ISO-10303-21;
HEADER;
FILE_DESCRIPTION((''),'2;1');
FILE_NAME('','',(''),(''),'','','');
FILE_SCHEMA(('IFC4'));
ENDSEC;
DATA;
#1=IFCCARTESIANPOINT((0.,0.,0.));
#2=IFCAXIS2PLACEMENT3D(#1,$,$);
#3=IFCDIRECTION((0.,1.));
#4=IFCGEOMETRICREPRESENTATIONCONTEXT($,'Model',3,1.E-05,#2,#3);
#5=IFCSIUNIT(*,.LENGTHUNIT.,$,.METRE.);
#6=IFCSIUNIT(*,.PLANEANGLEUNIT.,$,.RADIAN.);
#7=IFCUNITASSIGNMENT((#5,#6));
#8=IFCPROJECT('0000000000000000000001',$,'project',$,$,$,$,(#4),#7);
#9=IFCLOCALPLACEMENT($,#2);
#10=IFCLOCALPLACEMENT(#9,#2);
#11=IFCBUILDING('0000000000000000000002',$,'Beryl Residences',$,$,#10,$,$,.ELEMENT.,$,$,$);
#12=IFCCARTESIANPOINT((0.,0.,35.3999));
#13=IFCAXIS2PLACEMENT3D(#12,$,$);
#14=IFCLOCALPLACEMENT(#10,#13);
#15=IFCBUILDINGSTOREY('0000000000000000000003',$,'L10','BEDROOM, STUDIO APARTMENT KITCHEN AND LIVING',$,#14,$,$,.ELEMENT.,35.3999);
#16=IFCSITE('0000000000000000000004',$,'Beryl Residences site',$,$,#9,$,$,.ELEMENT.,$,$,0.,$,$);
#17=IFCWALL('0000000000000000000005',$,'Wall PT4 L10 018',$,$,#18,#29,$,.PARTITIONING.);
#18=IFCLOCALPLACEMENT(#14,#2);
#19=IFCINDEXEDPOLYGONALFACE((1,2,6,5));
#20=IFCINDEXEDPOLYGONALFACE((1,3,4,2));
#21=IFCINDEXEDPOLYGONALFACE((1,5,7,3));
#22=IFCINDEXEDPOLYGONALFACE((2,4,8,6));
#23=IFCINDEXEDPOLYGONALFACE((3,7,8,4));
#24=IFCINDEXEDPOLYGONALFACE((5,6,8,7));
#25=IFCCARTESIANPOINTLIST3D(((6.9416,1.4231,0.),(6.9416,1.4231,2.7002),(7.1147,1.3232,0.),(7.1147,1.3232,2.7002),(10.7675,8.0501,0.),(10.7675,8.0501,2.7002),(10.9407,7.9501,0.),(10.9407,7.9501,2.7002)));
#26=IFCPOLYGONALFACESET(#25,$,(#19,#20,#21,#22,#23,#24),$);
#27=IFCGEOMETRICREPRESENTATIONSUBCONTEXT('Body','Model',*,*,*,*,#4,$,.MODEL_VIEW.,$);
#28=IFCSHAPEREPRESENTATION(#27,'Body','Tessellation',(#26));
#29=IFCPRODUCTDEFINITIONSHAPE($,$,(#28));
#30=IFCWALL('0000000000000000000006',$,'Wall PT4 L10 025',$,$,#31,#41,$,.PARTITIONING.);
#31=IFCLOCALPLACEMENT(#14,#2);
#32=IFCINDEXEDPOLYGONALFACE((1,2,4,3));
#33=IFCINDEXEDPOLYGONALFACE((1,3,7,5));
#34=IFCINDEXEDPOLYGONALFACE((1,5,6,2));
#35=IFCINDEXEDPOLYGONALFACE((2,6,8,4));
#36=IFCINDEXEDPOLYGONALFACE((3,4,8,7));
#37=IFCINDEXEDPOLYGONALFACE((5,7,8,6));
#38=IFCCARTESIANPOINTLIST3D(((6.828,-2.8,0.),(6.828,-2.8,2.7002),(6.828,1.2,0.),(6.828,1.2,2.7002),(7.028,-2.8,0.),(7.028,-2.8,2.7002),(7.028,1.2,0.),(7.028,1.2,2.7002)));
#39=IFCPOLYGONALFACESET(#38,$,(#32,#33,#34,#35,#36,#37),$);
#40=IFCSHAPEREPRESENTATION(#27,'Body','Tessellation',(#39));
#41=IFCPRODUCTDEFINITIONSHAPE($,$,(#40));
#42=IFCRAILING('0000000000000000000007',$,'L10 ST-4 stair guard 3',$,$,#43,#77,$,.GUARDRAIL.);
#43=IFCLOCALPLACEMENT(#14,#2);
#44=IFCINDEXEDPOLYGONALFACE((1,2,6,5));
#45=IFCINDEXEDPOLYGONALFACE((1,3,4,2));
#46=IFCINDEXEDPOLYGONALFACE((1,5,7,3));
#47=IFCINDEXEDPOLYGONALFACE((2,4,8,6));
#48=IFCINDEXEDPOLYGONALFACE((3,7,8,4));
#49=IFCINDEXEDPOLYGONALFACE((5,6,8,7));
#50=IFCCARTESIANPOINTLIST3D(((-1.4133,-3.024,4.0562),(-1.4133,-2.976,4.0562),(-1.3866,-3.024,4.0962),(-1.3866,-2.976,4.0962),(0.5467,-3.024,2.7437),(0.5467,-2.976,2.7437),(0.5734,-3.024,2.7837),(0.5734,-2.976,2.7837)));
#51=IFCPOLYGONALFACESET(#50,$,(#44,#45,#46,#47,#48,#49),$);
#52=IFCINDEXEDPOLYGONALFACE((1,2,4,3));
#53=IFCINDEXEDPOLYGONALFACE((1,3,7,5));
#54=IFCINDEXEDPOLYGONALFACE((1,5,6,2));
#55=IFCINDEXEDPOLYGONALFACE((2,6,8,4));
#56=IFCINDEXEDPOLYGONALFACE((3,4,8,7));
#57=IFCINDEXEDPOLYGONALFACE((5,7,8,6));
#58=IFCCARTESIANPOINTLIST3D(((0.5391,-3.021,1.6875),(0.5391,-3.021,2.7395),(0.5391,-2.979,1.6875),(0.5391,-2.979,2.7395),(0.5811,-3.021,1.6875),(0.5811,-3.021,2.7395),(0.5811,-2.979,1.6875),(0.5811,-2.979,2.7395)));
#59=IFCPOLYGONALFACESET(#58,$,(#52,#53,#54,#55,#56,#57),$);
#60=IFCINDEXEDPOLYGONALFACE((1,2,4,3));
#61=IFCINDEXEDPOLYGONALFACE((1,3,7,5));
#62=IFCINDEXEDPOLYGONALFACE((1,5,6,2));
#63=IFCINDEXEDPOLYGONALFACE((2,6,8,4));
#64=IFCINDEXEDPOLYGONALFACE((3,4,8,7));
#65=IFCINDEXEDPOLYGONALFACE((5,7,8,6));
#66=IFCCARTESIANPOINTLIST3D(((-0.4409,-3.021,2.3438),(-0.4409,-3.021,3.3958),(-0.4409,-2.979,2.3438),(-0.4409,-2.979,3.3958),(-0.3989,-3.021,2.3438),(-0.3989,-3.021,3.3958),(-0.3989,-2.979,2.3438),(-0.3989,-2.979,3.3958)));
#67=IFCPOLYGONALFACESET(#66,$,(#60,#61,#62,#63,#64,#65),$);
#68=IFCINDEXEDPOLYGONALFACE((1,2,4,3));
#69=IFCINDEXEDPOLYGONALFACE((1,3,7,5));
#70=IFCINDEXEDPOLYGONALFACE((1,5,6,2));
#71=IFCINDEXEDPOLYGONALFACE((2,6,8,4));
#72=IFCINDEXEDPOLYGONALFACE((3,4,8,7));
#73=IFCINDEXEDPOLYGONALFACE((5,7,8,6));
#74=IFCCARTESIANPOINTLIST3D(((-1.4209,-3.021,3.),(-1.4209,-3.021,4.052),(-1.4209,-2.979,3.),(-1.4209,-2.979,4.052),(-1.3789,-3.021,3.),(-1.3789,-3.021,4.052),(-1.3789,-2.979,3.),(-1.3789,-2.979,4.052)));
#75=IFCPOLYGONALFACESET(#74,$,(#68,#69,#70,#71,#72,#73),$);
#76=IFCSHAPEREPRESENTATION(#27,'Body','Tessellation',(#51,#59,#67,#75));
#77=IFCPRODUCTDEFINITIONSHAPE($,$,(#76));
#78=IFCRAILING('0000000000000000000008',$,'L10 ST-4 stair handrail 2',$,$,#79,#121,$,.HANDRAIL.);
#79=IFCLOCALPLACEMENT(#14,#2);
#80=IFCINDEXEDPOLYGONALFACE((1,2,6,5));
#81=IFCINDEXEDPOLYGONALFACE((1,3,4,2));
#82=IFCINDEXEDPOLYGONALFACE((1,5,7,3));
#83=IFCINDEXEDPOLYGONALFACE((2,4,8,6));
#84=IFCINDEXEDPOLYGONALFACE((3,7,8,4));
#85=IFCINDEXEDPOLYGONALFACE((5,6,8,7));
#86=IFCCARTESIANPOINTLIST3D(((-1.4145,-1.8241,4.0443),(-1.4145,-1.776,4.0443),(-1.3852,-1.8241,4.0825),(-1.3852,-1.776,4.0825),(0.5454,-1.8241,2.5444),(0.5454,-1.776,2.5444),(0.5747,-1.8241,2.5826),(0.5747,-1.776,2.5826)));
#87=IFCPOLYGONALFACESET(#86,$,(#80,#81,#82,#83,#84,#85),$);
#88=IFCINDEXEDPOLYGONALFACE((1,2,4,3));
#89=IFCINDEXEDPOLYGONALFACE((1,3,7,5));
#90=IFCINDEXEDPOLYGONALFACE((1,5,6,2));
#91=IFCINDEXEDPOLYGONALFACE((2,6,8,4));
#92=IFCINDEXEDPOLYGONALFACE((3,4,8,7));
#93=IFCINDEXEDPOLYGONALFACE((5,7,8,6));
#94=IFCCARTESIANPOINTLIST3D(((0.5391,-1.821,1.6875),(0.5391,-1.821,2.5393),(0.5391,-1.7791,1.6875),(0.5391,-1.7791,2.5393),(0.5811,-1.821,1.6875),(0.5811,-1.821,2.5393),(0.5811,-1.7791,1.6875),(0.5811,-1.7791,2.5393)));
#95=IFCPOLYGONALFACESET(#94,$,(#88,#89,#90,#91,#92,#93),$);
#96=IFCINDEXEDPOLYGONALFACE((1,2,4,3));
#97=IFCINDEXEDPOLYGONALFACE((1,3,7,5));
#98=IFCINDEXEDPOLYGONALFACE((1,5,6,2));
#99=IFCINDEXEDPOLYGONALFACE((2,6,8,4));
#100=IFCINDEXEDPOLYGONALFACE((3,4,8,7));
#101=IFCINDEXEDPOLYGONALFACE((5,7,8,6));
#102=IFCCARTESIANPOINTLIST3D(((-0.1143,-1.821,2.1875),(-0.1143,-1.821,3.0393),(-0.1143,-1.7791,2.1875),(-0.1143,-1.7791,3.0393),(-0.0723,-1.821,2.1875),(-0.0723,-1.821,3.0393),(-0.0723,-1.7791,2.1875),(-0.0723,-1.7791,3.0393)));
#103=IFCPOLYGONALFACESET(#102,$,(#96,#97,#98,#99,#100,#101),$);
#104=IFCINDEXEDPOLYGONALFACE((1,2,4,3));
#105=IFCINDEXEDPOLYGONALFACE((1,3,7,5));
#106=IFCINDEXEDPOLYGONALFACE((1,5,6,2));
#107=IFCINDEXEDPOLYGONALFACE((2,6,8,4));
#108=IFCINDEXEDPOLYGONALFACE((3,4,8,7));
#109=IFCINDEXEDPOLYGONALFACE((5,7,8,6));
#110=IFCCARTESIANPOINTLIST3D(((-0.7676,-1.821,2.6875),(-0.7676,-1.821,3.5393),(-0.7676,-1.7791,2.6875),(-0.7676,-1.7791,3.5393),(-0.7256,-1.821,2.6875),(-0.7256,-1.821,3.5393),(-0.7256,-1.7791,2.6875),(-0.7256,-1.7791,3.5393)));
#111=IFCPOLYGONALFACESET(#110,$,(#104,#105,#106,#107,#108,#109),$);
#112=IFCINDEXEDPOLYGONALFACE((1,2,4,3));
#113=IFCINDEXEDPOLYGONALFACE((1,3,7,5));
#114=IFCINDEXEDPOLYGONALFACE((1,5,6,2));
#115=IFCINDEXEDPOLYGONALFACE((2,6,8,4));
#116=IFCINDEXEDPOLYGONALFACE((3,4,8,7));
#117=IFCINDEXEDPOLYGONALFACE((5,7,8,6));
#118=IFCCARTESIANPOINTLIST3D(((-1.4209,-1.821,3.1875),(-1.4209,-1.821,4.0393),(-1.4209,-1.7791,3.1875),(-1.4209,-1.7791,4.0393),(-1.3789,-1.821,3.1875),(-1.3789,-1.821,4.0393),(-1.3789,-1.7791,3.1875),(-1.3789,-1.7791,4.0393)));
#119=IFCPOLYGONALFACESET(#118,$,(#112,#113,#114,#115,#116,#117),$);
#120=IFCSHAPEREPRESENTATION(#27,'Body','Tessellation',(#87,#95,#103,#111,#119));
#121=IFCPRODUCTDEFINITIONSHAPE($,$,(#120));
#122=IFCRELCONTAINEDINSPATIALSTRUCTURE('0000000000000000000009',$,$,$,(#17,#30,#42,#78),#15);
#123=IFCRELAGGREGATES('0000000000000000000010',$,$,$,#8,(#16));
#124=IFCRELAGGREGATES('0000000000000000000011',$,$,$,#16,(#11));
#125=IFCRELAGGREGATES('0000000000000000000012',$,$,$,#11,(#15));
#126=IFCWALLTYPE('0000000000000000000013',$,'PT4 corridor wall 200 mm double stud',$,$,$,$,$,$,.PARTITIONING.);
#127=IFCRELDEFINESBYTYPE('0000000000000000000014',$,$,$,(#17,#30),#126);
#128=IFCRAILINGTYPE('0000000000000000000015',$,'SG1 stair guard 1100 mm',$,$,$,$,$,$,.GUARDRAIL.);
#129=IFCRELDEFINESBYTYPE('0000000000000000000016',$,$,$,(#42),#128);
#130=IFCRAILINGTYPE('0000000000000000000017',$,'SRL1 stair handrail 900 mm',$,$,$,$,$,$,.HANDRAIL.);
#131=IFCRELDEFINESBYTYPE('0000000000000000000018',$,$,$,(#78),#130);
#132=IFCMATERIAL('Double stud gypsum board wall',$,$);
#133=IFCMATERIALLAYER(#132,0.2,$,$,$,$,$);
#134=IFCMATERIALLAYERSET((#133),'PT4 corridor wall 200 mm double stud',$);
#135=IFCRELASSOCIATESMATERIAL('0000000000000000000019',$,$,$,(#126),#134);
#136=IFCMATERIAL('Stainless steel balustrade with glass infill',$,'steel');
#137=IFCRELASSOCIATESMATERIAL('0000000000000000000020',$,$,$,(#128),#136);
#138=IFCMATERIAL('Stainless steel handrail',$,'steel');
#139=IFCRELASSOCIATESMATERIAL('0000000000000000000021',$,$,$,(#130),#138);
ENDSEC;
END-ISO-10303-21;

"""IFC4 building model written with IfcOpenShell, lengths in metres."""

from ifc_helpers import new_model, si_unit, direction, frame, frame_2d, origin, origin_2d, place, context, subcontext, project, spatial, rectangle, extrude, material, layer, layer_set, type_object, element, save


model = new_model("IFC4")

# Units and contexts
model_context = context("Model", 3, precision=1e-05, world=origin(), true_north=direction((0.0, 1.0)))
body_context = subcontext(model_context, "Body", "Model", "MODEL_VIEW")
ifc_project = project(units=[si_unit("LENGTHUNIT", "METRE"), si_unit("PLANEANGLEUNIT", "RADIAN")], contexts=[model_context])

# Site, building, storey
site_placement = place(None, origin())
site = spatial("IfcSite", under=ifc_project, at=site_placement, Name="Beryl Residences site", CompositionType="ELEMENT", RefElevation=0.0)
building_placement = place(site_placement, origin())
building = spatial("IfcBuilding", under=site, at=building_placement, Name="Beryl Residences", CompositionType="ELEMENT")
storey_placement = place(building_placement, frame((0.0, 0.0, 35.3999)))
storey = spatial("IfcBuildingStorey", under=building, at=storey_placement, Name="L10", Description="BEDROOM, STUDIO APARTMENT KITCHEN AND LIVING", CompositionType="ELEMENT", Elevation=35.3999)

# Shared definitions
ifc_material_1 = material(Name="Double stud gypsum board wall")
ifc_layer_1 = layer(ifc_material_1, 0.2)
ifc_layer_set_1 = layer_set([ifc_layer_1], Name="PT4 corridor wall 200 mm double stud")
wall_type_1 = type_object("IfcWallType", Name="PT4 corridor wall 200 mm double stud", PredefinedType="PARTITIONING", material=ifc_layer_set_1)

# Walls
wall_1_placement = place(storey_placement, frame((7.0281, 1.373, 0.0), z_axis=(0.0, 0.0, 1.0), x_axis=(0.499986, 0.866034, 0.0)))
element("IfcWall", 1, at=wall_1_placement, inside=storey, type_object=wall_type_1, Name="Wall PT4 L10 018", PredefinedType="PARTITIONING", context=body_context, shape_type="SweptSolid", body=[
    extrude(rectangle(XDim=7.6521, YDim=0.2, at=frame_2d((3.8262, 0.0))), origin(), (0.0, 0.0, 1.0), 2.7002),
])
wall_2_placement = place(storey_placement, frame((6.928, -2.8, 0.0), z_axis=(0.0, 0.0, 1.0), x_axis=(0.0, 1.0, 0.0)))
element("IfcWall", 2, at=wall_2_placement, inside=storey, type_object=wall_type_1, Name="Wall PT4 L10 025", PredefinedType="PARTITIONING", context=body_context, shape_type="SweptSolid", body=[
    extrude(rectangle(XDim=4.0, YDim=0.2, at=frame_2d((2.0, 0.0))), origin(), (0.0, 0.0, 1.0), 2.7002),
])

# Railings
ifc_material_2 = material(Name="Stainless steel balustrade with glass infill", Category="steel")
railing_type_1 = type_object("IfcRailingType", Name="SG1 stair guard 1100 mm", PredefinedType="GUARDRAIL", material=ifc_material_2)
railing_1_placement = place(storey_placement, frame((0.5601, -3.0, 1.6875)))
element("IfcRailing", 3, at=railing_1_placement, inside=storey, type_object=railing_type_1, Name="L10 ST-4 stair guard 3", PredefinedType="GUARDRAIL", context=body_context, shape_type="SweptSolid", body=[
    extrude(rectangle(XDim=0.0481, YDim=0.0481, at=origin_2d()), frame((0.0, 0.0, 1.0762), z_axis=(-0.830902, 0.0, 0.556419), x_axis=(0.0, -1.0, 0.0)), (0.0, 0.0, 1.0), 2.3589),
    extrude(rectangle(XDim=0.042, YDim=0.042, at=origin_2d()), origin(), (0.0, 0.0, 1.0), 1.052),
    extrude(rectangle(XDim=0.042, YDim=0.042, at=origin_2d()), frame((-0.98, 0.0, 0.6562)), (0.0, 0.0, 1.0), 1.052),
    extrude(rectangle(XDim=0.042, YDim=0.042, at=origin_2d()), frame((-1.96, 0.0, 1.3125)), (0.0, 0.0, 1.0), 1.052),
])
ifc_material_3 = material(Name="Stainless steel handrail", Category="steel")
railing_type_2 = type_object("IfcRailingType", Name="SRL1 stair handrail 900 mm", PredefinedType="HANDRAIL", material=ifc_material_3)
railing_2_placement = place(storey_placement, frame((0.5601, -1.8, 1.6875)))
element("IfcRailing", 4, at=railing_2_placement, inside=storey, type_object=railing_type_2, Name="L10 ST-4 stair handrail 2", PredefinedType="HANDRAIL", context=body_context, shape_type="SweptSolid", body=[
    extrude(rectangle(XDim=0.0481, YDim=0.0481, at=origin_2d()), frame((0.0, 0.0, 0.876), z_axis=(-0.794122, 0.0, 0.607758), x_axis=(0.0, -1.0, 0.0)), (0.0, 0.0, 1.0), 2.468),
    extrude(rectangle(XDim=0.042, YDim=0.042, at=origin_2d()), origin(), (0.0, 0.0, 1.0), 0.8518),
    extrude(rectangle(XDim=0.042, YDim=0.042, at=origin_2d()), frame((-0.6533, 0.0, 0.5)), (0.0, 0.0, 1.0), 0.8518),
    extrude(rectangle(XDim=0.042, YDim=0.042, at=origin_2d()), frame((-1.3066, 0.0, 1.0)), (0.0, 0.0, 1.0), 0.8518),
    extrude(rectangle(XDim=0.042, YDim=0.042, at=origin_2d()), frame((-1.96, 0.0, 1.5)), (0.0, 0.0, 1.0), 0.8518),
])

save(model, "model.ifc")
